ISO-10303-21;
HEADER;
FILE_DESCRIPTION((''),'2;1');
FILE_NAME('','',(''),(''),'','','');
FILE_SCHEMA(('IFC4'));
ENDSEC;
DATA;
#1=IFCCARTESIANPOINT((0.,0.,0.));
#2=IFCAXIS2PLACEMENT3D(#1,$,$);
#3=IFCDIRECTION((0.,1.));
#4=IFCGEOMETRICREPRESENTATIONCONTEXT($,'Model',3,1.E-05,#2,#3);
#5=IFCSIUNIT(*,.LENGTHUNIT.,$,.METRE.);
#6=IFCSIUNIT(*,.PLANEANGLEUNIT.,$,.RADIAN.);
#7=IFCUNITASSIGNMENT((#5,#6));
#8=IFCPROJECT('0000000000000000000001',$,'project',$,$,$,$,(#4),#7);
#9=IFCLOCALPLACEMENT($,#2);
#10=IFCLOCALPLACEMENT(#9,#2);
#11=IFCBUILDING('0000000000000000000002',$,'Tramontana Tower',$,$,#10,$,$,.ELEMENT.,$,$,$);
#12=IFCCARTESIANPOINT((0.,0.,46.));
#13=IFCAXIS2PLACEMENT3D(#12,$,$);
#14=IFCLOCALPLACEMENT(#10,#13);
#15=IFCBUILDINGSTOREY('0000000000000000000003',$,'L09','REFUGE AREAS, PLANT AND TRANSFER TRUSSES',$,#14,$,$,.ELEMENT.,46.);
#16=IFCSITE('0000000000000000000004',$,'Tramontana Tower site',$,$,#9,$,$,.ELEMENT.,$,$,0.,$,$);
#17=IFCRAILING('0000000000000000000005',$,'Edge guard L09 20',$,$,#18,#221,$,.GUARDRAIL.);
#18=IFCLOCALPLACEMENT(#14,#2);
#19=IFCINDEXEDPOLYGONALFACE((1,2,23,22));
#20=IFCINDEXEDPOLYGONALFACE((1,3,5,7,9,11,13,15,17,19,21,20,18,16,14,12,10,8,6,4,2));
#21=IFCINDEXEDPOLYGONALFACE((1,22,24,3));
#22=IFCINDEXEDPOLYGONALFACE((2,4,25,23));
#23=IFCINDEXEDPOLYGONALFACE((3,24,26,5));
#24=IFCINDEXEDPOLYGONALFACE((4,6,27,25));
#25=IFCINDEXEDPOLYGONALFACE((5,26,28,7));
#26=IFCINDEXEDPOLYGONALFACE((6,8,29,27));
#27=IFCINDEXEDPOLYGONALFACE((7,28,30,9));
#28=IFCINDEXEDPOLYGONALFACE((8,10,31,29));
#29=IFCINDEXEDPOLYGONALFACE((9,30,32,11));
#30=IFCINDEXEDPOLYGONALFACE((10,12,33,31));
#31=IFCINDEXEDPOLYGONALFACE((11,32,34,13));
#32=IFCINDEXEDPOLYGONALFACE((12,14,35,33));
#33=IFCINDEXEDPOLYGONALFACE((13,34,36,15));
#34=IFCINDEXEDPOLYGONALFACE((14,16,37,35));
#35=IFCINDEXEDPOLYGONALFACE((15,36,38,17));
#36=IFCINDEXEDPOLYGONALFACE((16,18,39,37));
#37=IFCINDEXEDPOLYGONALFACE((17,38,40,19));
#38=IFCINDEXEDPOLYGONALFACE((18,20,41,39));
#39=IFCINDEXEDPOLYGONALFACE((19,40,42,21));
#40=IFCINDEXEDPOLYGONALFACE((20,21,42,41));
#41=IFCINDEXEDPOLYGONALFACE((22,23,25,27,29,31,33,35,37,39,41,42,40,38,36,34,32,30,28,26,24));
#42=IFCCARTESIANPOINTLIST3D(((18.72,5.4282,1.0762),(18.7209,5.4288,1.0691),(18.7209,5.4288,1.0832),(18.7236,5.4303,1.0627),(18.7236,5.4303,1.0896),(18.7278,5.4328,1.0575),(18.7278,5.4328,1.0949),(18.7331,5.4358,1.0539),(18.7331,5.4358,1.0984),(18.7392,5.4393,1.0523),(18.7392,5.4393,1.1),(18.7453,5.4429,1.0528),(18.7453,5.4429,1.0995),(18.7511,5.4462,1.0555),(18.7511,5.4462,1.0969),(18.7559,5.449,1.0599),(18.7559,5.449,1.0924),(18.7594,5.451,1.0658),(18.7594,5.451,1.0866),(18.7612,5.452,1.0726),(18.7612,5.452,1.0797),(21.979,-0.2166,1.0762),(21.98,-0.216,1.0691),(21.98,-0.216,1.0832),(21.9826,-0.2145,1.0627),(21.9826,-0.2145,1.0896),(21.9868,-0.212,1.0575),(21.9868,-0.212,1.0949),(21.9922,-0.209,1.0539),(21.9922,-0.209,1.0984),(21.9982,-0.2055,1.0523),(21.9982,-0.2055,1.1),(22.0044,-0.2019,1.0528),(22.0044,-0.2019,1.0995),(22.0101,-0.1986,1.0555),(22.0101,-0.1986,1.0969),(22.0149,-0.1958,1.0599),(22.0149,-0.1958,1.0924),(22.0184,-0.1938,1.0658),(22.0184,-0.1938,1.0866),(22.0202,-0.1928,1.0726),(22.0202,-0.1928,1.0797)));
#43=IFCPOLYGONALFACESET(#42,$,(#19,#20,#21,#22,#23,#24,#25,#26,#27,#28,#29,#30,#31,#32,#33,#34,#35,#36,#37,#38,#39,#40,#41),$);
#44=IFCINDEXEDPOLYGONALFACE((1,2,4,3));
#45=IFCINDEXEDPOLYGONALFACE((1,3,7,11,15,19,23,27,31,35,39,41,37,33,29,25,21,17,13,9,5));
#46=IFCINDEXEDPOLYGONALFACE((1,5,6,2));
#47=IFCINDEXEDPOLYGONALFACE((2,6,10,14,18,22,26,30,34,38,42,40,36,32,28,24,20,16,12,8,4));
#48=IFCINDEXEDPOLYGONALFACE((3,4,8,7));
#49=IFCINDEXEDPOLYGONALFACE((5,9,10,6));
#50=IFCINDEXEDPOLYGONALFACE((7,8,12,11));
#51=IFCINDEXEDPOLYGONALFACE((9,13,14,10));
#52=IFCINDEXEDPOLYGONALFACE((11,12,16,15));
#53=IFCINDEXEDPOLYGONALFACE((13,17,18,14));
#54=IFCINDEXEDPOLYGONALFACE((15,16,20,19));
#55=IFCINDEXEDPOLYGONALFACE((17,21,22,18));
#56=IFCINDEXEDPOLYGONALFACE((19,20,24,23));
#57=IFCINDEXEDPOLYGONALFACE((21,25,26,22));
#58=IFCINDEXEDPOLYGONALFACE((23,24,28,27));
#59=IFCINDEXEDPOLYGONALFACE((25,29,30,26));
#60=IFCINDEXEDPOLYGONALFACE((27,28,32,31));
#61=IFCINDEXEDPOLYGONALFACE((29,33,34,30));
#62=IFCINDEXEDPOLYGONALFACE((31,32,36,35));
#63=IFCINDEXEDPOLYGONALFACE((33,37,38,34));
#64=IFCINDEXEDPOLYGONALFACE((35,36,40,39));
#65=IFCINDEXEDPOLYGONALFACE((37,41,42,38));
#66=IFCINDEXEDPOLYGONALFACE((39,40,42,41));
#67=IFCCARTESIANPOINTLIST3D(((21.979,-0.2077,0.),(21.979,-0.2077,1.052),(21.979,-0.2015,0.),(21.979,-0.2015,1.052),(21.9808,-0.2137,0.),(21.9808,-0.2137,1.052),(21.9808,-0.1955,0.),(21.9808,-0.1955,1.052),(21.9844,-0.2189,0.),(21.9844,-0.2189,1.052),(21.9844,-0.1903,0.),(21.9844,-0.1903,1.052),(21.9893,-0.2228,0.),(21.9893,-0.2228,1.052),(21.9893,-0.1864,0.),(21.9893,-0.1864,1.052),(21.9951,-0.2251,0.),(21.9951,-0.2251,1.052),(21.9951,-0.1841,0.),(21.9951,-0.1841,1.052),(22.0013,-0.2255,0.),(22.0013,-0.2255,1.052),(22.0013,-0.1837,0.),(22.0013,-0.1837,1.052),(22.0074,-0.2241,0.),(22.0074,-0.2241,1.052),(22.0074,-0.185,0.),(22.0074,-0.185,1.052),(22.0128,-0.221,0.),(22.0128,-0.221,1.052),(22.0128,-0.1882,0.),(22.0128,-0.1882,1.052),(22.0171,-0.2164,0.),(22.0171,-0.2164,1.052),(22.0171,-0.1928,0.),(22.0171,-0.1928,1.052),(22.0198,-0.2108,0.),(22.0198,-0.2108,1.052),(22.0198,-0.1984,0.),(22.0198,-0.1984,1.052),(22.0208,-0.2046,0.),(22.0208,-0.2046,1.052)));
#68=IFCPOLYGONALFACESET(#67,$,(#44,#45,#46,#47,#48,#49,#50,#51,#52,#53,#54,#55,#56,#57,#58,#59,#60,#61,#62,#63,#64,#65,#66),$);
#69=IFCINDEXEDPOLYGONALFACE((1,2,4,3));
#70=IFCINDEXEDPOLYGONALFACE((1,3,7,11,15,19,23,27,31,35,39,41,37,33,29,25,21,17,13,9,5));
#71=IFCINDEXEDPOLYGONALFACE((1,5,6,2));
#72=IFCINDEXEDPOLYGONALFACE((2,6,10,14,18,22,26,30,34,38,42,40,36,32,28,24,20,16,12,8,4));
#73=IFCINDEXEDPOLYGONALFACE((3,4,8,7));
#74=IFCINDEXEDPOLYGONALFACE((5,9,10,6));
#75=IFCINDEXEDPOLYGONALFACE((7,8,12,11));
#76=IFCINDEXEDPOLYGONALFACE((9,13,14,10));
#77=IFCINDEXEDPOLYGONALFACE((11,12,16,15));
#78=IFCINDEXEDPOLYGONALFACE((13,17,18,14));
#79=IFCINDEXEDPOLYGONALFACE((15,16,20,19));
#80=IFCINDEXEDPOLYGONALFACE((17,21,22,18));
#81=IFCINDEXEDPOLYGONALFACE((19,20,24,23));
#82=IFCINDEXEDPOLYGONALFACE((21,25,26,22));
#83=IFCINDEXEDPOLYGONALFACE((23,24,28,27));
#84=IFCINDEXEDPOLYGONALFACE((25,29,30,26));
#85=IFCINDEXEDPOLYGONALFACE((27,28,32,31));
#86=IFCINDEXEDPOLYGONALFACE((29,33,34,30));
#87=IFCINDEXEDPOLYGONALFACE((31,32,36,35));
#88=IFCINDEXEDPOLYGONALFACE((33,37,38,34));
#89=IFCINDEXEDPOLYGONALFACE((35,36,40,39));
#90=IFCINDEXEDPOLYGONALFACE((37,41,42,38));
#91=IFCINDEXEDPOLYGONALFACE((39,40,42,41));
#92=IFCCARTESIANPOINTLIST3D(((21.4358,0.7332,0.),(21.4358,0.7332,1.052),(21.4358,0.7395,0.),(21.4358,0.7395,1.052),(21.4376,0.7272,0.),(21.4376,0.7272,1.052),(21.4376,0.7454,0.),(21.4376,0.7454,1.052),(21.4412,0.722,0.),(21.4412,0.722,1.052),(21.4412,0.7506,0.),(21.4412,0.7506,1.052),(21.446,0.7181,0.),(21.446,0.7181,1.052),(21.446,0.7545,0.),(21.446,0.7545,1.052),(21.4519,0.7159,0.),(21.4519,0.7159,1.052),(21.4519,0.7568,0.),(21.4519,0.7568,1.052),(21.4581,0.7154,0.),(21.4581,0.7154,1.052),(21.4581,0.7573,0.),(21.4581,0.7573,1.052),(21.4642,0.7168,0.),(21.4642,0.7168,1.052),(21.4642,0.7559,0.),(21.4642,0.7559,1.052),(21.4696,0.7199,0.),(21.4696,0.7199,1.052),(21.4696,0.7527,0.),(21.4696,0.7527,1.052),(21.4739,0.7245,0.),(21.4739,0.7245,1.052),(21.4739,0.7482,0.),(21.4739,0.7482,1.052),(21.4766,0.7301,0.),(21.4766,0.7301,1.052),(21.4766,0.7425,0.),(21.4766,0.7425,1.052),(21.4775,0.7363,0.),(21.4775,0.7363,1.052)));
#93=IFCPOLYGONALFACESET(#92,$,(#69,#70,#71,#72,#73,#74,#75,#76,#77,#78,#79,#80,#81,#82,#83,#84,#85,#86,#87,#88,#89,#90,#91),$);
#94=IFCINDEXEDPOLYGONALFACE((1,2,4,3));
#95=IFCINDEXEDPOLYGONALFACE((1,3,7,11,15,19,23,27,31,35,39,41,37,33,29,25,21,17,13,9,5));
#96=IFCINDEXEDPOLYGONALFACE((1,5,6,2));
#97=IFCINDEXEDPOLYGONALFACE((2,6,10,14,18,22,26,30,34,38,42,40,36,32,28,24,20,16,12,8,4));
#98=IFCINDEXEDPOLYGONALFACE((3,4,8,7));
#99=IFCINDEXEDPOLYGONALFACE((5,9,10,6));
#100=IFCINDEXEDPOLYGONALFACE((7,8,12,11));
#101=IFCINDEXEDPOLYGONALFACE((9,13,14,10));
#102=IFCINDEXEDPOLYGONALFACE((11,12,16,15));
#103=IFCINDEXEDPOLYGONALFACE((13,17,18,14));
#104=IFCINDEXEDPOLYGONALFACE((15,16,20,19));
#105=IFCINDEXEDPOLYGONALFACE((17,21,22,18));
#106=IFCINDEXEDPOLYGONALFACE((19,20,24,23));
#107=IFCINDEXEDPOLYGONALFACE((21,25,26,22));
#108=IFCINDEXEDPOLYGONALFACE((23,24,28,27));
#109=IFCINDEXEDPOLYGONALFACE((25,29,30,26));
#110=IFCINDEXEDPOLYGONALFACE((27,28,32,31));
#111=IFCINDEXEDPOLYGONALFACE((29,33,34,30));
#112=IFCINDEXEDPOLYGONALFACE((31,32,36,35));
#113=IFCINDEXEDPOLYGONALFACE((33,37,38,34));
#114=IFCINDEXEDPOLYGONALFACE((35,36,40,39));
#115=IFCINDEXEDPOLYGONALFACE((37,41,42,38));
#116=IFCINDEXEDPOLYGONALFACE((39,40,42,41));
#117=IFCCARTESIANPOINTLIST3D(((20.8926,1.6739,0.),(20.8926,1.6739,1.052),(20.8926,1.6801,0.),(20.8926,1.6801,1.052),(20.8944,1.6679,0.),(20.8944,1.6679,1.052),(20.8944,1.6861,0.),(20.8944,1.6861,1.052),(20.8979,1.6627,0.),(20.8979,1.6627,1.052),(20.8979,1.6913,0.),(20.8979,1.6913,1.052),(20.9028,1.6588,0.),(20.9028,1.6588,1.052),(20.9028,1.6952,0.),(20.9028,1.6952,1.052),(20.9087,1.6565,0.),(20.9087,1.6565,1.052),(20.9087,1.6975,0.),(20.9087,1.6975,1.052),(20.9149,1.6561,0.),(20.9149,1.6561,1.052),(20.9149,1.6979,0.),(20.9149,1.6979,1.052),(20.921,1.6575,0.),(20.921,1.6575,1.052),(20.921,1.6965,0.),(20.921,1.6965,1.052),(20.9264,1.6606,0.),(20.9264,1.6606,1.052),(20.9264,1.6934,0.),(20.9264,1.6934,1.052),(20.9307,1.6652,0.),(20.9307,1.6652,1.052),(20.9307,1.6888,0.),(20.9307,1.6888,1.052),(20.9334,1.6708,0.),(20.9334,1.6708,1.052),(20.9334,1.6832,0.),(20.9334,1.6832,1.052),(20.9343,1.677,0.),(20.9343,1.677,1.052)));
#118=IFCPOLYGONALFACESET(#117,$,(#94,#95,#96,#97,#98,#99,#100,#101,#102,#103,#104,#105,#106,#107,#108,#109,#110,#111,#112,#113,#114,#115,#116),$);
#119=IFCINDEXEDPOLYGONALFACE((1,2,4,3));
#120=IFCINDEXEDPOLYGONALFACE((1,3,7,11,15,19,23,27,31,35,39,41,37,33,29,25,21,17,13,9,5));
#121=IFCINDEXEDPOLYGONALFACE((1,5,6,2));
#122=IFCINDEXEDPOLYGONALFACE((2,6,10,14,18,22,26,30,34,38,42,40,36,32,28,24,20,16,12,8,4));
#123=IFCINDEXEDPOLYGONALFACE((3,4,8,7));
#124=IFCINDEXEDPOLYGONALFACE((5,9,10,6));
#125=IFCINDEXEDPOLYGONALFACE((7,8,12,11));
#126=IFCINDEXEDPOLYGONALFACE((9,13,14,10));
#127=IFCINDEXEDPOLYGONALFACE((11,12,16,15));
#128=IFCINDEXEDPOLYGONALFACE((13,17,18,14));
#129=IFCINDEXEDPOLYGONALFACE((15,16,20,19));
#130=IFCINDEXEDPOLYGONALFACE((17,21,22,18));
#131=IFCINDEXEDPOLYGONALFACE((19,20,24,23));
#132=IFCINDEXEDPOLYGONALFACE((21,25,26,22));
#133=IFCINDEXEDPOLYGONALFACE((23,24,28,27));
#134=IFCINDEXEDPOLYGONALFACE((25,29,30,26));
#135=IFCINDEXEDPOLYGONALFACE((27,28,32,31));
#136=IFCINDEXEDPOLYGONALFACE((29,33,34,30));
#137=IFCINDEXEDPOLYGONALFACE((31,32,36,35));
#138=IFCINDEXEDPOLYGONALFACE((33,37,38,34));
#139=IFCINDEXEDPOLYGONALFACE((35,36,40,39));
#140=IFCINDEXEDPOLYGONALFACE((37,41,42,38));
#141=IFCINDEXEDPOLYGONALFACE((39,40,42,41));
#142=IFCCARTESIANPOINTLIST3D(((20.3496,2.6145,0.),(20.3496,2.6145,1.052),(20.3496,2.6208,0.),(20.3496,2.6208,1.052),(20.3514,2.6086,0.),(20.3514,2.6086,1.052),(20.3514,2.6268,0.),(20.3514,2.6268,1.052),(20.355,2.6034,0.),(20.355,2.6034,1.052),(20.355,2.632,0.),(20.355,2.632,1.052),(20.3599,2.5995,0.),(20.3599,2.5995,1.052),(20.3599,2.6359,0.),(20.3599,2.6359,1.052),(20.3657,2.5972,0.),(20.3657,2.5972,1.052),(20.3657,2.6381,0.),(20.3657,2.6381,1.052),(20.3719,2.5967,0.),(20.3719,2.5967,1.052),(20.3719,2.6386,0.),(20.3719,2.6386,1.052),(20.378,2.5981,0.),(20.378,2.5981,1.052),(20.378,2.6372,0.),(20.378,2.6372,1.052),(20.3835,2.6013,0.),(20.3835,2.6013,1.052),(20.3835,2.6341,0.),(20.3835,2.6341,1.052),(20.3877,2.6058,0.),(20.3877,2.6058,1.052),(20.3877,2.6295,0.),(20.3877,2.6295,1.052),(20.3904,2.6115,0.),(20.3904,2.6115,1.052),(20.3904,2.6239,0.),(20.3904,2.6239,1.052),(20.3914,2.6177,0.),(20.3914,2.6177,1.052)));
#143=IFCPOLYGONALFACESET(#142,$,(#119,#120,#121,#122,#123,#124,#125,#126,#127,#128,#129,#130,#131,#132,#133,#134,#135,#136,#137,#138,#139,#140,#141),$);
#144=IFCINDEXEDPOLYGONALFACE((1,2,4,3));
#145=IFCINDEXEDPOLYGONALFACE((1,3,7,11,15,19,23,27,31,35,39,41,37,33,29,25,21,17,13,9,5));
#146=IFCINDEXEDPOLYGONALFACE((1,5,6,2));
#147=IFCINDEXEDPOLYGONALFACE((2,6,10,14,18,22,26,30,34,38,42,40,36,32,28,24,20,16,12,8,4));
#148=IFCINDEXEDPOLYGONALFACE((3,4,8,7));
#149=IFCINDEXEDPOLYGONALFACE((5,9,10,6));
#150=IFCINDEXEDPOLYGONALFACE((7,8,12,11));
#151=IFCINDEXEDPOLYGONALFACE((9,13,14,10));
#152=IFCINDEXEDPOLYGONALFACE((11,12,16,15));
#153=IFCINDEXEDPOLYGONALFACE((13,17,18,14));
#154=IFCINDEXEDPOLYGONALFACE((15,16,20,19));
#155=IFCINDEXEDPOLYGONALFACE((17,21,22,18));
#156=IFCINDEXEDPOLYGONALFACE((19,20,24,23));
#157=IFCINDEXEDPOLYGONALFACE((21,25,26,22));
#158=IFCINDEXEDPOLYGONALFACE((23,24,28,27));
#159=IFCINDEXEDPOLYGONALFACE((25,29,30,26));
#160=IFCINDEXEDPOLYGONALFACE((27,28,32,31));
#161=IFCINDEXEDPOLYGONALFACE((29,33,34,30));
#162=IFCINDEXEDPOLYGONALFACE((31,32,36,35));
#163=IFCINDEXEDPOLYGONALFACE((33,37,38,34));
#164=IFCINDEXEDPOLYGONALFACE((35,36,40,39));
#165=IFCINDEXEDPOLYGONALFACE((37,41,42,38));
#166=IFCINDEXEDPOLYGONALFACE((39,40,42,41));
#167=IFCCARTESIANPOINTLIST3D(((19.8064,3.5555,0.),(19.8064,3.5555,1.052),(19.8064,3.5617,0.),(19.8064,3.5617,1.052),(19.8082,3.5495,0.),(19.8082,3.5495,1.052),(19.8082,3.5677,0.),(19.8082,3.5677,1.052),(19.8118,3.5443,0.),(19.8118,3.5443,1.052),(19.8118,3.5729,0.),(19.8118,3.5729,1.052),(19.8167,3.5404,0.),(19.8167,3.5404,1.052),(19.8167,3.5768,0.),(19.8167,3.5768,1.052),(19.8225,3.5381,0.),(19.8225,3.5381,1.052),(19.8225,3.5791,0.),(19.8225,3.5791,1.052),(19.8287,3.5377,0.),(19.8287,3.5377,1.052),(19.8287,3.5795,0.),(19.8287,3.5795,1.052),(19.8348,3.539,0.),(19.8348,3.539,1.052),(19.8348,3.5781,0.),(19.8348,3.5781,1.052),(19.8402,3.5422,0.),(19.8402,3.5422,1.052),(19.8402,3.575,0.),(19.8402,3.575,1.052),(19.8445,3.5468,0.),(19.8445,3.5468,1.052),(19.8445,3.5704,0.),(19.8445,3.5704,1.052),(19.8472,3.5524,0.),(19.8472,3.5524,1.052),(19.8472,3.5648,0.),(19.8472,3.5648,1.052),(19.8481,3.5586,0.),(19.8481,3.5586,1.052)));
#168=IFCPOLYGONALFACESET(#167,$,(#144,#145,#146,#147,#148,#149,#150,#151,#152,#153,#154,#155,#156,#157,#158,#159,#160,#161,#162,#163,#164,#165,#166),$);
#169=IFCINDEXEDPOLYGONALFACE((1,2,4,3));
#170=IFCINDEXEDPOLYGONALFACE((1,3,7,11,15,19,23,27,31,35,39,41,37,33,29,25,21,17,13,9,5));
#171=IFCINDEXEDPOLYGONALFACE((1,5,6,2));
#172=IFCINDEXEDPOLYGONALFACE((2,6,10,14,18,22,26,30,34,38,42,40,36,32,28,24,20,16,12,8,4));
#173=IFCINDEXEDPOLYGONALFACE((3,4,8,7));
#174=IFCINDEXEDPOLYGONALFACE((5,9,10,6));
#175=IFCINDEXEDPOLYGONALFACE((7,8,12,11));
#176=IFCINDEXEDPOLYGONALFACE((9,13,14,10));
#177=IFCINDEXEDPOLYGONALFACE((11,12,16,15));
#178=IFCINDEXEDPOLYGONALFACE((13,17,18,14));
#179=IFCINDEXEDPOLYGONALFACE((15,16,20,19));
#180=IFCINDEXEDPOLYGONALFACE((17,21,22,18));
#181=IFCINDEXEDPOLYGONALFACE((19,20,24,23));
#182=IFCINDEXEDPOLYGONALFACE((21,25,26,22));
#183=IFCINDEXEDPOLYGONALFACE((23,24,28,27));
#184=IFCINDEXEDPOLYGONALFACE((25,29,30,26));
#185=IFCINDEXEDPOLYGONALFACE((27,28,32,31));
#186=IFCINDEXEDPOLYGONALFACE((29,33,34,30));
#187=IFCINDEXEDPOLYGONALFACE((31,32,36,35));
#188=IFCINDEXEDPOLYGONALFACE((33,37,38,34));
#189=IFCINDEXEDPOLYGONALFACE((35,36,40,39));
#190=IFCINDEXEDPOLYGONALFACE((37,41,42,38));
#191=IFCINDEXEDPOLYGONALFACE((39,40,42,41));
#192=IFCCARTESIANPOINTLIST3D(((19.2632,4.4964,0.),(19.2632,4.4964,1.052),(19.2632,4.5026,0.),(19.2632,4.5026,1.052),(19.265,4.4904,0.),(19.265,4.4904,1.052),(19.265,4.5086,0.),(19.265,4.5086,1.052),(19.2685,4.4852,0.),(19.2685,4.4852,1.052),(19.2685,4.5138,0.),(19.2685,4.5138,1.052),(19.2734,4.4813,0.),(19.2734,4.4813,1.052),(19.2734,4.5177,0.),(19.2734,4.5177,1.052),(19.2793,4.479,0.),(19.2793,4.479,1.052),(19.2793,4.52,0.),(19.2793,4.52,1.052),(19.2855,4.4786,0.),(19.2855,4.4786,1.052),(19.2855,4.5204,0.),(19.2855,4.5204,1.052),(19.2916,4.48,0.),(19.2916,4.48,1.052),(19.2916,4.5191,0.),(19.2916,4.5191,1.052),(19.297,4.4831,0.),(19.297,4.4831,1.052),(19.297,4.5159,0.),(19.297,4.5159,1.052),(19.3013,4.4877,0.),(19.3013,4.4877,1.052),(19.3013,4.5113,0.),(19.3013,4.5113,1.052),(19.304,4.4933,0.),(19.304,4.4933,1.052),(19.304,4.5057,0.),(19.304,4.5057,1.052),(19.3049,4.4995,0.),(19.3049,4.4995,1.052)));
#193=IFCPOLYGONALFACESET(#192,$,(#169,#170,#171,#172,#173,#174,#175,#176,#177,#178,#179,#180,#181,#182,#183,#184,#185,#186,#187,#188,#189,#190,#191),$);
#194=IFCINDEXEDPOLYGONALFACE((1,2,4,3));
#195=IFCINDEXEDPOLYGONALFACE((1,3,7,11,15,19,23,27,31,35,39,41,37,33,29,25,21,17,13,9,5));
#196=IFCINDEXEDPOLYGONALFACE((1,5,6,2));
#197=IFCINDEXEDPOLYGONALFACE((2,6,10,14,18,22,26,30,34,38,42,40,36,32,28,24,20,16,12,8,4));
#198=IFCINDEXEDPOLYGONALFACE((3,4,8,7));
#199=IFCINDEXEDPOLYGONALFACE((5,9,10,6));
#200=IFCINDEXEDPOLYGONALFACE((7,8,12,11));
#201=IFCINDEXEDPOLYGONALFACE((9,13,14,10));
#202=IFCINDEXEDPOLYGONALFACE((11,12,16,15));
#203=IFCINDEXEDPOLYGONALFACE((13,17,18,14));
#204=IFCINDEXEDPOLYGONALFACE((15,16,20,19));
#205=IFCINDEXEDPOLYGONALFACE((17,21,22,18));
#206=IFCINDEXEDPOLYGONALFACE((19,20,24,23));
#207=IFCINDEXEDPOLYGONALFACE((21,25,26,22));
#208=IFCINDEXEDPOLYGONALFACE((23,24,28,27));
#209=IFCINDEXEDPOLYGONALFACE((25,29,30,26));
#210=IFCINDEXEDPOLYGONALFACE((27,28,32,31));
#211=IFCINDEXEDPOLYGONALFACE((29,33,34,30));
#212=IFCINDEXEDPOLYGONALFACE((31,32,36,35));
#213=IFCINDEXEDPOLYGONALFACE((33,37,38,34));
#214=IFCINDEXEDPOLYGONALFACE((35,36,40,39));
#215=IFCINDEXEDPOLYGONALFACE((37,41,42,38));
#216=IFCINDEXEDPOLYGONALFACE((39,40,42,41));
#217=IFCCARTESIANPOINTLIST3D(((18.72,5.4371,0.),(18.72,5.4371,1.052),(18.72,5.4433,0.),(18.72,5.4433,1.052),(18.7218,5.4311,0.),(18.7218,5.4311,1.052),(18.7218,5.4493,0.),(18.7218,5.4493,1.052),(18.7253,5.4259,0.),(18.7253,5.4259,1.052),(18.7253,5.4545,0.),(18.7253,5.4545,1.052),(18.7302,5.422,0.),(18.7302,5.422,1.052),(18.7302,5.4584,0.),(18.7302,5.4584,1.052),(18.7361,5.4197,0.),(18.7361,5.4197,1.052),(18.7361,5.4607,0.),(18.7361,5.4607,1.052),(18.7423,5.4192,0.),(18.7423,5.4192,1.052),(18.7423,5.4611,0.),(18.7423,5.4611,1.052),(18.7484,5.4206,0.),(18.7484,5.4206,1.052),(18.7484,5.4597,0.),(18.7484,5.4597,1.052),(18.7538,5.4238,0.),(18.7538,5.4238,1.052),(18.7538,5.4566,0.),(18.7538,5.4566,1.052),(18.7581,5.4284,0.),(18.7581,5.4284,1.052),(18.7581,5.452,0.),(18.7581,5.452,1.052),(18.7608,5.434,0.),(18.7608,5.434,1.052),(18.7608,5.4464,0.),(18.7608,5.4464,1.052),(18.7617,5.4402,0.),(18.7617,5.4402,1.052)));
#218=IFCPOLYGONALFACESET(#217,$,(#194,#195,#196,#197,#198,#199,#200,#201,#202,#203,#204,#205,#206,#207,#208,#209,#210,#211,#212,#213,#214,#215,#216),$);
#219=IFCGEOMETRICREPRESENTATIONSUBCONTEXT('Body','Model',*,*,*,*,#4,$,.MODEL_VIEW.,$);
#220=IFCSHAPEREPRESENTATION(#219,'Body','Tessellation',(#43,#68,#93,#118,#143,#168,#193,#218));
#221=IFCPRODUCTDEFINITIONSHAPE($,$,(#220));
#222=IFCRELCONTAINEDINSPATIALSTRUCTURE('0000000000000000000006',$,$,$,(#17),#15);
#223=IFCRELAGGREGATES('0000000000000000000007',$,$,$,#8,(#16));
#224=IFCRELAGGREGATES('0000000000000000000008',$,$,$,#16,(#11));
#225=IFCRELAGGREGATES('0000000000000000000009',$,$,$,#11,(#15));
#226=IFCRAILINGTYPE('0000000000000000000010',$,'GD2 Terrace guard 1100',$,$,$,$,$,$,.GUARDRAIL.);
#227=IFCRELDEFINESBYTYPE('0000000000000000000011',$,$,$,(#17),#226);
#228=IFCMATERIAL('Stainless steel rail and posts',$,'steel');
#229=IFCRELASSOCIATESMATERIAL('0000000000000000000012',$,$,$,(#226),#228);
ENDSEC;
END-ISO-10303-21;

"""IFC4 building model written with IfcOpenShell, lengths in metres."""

from ifc_helpers import new_model, si_unit, direction, frame, origin, origin_2d, place, context, subcontext, project, spatial, circle, extrude, material, type_object, element, save


model = new_model("IFC4")

# Units and contexts
model_context = context("Model", 3, precision=1e-05, world=origin(), true_north=direction((0.0, 1.0)))
body_context = subcontext(model_context, "Body", "Model", "MODEL_VIEW")
ifc_project = project(units=[si_unit("LENGTHUNIT", "METRE"), si_unit("PLANEANGLEUNIT", "RADIAN")], contexts=[model_context])

# Site, building, storey
site_placement = place(None, origin())
site = spatial("IfcSite", under=ifc_project, at=site_placement, Name="Tramontana Tower site", CompositionType="ELEMENT", RefElevation=0.0)
building_placement = place(site_placement, origin())
building = spatial("IfcBuilding", under=site, at=building_placement, Name="Tramontana Tower", CompositionType="ELEMENT")
storey_placement = place(building_placement, frame((0.0, 0.0, 46.0)))
storey = spatial("IfcBuildingStorey", under=building, at=storey_placement, Name="L09", Description="REFUGE AREAS, PLANT AND TRANSFER TRUSSES", CompositionType="ELEMENT", Elevation=46.0)

# Railing
ifc_material_1 = material(Name="Stainless steel rail and posts", Category="steel")
railing_type_1 = type_object("IfcRailingType", Name="GD2 Terrace guard 1100", PredefinedType="GUARDRAIL", material=ifc_material_1)
railing_1_placement = place(storey_placement, frame((21.9998, -0.2046, 0.0)))
element("IfcRailing", 1, at=railing_1_placement, inside=storey, type_object=railing_type_1, Name="Edge guard L09 20", PredefinedType="GUARDRAIL", context=body_context, shape_type="SweptSolid", body=[
    extrude(circle(Radius=0.0239, at=origin_2d()), frame((0.0, 0.0, 1.0762), z_axis=(-0.500002, 0.866024, 0.0), x_axis=(-0.866024, -0.500002, 0.0)), (0.0, 0.0, 1.0), 6.5181),
    extrude(circle(Radius=0.021, at=origin_2d()), origin(), (0.0, 0.0, 1.0), 1.052),
    extrude(circle(Radius=0.021, at=origin_2d()), frame((-0.5432, 0.9409, 0.0)), (0.0, 0.0, 1.0), 1.052),
    extrude(circle(Radius=0.021, at=origin_2d()), frame((-1.0864, 1.8816, 0.0)), (0.0, 0.0, 1.0), 1.052),
    extrude(circle(Radius=0.021, at=origin_2d()), frame((-1.6294, 2.8223, 0.0)), (0.0, 0.0, 1.0), 1.052),
    extrude(circle(Radius=0.021, at=origin_2d()), frame((-2.1726, 3.7632, 0.0)), (0.0, 0.0, 1.0), 1.052),
    extrude(circle(Radius=0.021, at=origin_2d()), frame((-2.7158, 4.7041, 0.0)), (0.0, 0.0, 1.0), 1.052),
    extrude(circle(Radius=0.021, at=origin_2d()), frame((-3.259, 5.6448, 0.0)), (0.0, 0.0, 1.0), 1.052),
])

save(model, "model.ifc")
